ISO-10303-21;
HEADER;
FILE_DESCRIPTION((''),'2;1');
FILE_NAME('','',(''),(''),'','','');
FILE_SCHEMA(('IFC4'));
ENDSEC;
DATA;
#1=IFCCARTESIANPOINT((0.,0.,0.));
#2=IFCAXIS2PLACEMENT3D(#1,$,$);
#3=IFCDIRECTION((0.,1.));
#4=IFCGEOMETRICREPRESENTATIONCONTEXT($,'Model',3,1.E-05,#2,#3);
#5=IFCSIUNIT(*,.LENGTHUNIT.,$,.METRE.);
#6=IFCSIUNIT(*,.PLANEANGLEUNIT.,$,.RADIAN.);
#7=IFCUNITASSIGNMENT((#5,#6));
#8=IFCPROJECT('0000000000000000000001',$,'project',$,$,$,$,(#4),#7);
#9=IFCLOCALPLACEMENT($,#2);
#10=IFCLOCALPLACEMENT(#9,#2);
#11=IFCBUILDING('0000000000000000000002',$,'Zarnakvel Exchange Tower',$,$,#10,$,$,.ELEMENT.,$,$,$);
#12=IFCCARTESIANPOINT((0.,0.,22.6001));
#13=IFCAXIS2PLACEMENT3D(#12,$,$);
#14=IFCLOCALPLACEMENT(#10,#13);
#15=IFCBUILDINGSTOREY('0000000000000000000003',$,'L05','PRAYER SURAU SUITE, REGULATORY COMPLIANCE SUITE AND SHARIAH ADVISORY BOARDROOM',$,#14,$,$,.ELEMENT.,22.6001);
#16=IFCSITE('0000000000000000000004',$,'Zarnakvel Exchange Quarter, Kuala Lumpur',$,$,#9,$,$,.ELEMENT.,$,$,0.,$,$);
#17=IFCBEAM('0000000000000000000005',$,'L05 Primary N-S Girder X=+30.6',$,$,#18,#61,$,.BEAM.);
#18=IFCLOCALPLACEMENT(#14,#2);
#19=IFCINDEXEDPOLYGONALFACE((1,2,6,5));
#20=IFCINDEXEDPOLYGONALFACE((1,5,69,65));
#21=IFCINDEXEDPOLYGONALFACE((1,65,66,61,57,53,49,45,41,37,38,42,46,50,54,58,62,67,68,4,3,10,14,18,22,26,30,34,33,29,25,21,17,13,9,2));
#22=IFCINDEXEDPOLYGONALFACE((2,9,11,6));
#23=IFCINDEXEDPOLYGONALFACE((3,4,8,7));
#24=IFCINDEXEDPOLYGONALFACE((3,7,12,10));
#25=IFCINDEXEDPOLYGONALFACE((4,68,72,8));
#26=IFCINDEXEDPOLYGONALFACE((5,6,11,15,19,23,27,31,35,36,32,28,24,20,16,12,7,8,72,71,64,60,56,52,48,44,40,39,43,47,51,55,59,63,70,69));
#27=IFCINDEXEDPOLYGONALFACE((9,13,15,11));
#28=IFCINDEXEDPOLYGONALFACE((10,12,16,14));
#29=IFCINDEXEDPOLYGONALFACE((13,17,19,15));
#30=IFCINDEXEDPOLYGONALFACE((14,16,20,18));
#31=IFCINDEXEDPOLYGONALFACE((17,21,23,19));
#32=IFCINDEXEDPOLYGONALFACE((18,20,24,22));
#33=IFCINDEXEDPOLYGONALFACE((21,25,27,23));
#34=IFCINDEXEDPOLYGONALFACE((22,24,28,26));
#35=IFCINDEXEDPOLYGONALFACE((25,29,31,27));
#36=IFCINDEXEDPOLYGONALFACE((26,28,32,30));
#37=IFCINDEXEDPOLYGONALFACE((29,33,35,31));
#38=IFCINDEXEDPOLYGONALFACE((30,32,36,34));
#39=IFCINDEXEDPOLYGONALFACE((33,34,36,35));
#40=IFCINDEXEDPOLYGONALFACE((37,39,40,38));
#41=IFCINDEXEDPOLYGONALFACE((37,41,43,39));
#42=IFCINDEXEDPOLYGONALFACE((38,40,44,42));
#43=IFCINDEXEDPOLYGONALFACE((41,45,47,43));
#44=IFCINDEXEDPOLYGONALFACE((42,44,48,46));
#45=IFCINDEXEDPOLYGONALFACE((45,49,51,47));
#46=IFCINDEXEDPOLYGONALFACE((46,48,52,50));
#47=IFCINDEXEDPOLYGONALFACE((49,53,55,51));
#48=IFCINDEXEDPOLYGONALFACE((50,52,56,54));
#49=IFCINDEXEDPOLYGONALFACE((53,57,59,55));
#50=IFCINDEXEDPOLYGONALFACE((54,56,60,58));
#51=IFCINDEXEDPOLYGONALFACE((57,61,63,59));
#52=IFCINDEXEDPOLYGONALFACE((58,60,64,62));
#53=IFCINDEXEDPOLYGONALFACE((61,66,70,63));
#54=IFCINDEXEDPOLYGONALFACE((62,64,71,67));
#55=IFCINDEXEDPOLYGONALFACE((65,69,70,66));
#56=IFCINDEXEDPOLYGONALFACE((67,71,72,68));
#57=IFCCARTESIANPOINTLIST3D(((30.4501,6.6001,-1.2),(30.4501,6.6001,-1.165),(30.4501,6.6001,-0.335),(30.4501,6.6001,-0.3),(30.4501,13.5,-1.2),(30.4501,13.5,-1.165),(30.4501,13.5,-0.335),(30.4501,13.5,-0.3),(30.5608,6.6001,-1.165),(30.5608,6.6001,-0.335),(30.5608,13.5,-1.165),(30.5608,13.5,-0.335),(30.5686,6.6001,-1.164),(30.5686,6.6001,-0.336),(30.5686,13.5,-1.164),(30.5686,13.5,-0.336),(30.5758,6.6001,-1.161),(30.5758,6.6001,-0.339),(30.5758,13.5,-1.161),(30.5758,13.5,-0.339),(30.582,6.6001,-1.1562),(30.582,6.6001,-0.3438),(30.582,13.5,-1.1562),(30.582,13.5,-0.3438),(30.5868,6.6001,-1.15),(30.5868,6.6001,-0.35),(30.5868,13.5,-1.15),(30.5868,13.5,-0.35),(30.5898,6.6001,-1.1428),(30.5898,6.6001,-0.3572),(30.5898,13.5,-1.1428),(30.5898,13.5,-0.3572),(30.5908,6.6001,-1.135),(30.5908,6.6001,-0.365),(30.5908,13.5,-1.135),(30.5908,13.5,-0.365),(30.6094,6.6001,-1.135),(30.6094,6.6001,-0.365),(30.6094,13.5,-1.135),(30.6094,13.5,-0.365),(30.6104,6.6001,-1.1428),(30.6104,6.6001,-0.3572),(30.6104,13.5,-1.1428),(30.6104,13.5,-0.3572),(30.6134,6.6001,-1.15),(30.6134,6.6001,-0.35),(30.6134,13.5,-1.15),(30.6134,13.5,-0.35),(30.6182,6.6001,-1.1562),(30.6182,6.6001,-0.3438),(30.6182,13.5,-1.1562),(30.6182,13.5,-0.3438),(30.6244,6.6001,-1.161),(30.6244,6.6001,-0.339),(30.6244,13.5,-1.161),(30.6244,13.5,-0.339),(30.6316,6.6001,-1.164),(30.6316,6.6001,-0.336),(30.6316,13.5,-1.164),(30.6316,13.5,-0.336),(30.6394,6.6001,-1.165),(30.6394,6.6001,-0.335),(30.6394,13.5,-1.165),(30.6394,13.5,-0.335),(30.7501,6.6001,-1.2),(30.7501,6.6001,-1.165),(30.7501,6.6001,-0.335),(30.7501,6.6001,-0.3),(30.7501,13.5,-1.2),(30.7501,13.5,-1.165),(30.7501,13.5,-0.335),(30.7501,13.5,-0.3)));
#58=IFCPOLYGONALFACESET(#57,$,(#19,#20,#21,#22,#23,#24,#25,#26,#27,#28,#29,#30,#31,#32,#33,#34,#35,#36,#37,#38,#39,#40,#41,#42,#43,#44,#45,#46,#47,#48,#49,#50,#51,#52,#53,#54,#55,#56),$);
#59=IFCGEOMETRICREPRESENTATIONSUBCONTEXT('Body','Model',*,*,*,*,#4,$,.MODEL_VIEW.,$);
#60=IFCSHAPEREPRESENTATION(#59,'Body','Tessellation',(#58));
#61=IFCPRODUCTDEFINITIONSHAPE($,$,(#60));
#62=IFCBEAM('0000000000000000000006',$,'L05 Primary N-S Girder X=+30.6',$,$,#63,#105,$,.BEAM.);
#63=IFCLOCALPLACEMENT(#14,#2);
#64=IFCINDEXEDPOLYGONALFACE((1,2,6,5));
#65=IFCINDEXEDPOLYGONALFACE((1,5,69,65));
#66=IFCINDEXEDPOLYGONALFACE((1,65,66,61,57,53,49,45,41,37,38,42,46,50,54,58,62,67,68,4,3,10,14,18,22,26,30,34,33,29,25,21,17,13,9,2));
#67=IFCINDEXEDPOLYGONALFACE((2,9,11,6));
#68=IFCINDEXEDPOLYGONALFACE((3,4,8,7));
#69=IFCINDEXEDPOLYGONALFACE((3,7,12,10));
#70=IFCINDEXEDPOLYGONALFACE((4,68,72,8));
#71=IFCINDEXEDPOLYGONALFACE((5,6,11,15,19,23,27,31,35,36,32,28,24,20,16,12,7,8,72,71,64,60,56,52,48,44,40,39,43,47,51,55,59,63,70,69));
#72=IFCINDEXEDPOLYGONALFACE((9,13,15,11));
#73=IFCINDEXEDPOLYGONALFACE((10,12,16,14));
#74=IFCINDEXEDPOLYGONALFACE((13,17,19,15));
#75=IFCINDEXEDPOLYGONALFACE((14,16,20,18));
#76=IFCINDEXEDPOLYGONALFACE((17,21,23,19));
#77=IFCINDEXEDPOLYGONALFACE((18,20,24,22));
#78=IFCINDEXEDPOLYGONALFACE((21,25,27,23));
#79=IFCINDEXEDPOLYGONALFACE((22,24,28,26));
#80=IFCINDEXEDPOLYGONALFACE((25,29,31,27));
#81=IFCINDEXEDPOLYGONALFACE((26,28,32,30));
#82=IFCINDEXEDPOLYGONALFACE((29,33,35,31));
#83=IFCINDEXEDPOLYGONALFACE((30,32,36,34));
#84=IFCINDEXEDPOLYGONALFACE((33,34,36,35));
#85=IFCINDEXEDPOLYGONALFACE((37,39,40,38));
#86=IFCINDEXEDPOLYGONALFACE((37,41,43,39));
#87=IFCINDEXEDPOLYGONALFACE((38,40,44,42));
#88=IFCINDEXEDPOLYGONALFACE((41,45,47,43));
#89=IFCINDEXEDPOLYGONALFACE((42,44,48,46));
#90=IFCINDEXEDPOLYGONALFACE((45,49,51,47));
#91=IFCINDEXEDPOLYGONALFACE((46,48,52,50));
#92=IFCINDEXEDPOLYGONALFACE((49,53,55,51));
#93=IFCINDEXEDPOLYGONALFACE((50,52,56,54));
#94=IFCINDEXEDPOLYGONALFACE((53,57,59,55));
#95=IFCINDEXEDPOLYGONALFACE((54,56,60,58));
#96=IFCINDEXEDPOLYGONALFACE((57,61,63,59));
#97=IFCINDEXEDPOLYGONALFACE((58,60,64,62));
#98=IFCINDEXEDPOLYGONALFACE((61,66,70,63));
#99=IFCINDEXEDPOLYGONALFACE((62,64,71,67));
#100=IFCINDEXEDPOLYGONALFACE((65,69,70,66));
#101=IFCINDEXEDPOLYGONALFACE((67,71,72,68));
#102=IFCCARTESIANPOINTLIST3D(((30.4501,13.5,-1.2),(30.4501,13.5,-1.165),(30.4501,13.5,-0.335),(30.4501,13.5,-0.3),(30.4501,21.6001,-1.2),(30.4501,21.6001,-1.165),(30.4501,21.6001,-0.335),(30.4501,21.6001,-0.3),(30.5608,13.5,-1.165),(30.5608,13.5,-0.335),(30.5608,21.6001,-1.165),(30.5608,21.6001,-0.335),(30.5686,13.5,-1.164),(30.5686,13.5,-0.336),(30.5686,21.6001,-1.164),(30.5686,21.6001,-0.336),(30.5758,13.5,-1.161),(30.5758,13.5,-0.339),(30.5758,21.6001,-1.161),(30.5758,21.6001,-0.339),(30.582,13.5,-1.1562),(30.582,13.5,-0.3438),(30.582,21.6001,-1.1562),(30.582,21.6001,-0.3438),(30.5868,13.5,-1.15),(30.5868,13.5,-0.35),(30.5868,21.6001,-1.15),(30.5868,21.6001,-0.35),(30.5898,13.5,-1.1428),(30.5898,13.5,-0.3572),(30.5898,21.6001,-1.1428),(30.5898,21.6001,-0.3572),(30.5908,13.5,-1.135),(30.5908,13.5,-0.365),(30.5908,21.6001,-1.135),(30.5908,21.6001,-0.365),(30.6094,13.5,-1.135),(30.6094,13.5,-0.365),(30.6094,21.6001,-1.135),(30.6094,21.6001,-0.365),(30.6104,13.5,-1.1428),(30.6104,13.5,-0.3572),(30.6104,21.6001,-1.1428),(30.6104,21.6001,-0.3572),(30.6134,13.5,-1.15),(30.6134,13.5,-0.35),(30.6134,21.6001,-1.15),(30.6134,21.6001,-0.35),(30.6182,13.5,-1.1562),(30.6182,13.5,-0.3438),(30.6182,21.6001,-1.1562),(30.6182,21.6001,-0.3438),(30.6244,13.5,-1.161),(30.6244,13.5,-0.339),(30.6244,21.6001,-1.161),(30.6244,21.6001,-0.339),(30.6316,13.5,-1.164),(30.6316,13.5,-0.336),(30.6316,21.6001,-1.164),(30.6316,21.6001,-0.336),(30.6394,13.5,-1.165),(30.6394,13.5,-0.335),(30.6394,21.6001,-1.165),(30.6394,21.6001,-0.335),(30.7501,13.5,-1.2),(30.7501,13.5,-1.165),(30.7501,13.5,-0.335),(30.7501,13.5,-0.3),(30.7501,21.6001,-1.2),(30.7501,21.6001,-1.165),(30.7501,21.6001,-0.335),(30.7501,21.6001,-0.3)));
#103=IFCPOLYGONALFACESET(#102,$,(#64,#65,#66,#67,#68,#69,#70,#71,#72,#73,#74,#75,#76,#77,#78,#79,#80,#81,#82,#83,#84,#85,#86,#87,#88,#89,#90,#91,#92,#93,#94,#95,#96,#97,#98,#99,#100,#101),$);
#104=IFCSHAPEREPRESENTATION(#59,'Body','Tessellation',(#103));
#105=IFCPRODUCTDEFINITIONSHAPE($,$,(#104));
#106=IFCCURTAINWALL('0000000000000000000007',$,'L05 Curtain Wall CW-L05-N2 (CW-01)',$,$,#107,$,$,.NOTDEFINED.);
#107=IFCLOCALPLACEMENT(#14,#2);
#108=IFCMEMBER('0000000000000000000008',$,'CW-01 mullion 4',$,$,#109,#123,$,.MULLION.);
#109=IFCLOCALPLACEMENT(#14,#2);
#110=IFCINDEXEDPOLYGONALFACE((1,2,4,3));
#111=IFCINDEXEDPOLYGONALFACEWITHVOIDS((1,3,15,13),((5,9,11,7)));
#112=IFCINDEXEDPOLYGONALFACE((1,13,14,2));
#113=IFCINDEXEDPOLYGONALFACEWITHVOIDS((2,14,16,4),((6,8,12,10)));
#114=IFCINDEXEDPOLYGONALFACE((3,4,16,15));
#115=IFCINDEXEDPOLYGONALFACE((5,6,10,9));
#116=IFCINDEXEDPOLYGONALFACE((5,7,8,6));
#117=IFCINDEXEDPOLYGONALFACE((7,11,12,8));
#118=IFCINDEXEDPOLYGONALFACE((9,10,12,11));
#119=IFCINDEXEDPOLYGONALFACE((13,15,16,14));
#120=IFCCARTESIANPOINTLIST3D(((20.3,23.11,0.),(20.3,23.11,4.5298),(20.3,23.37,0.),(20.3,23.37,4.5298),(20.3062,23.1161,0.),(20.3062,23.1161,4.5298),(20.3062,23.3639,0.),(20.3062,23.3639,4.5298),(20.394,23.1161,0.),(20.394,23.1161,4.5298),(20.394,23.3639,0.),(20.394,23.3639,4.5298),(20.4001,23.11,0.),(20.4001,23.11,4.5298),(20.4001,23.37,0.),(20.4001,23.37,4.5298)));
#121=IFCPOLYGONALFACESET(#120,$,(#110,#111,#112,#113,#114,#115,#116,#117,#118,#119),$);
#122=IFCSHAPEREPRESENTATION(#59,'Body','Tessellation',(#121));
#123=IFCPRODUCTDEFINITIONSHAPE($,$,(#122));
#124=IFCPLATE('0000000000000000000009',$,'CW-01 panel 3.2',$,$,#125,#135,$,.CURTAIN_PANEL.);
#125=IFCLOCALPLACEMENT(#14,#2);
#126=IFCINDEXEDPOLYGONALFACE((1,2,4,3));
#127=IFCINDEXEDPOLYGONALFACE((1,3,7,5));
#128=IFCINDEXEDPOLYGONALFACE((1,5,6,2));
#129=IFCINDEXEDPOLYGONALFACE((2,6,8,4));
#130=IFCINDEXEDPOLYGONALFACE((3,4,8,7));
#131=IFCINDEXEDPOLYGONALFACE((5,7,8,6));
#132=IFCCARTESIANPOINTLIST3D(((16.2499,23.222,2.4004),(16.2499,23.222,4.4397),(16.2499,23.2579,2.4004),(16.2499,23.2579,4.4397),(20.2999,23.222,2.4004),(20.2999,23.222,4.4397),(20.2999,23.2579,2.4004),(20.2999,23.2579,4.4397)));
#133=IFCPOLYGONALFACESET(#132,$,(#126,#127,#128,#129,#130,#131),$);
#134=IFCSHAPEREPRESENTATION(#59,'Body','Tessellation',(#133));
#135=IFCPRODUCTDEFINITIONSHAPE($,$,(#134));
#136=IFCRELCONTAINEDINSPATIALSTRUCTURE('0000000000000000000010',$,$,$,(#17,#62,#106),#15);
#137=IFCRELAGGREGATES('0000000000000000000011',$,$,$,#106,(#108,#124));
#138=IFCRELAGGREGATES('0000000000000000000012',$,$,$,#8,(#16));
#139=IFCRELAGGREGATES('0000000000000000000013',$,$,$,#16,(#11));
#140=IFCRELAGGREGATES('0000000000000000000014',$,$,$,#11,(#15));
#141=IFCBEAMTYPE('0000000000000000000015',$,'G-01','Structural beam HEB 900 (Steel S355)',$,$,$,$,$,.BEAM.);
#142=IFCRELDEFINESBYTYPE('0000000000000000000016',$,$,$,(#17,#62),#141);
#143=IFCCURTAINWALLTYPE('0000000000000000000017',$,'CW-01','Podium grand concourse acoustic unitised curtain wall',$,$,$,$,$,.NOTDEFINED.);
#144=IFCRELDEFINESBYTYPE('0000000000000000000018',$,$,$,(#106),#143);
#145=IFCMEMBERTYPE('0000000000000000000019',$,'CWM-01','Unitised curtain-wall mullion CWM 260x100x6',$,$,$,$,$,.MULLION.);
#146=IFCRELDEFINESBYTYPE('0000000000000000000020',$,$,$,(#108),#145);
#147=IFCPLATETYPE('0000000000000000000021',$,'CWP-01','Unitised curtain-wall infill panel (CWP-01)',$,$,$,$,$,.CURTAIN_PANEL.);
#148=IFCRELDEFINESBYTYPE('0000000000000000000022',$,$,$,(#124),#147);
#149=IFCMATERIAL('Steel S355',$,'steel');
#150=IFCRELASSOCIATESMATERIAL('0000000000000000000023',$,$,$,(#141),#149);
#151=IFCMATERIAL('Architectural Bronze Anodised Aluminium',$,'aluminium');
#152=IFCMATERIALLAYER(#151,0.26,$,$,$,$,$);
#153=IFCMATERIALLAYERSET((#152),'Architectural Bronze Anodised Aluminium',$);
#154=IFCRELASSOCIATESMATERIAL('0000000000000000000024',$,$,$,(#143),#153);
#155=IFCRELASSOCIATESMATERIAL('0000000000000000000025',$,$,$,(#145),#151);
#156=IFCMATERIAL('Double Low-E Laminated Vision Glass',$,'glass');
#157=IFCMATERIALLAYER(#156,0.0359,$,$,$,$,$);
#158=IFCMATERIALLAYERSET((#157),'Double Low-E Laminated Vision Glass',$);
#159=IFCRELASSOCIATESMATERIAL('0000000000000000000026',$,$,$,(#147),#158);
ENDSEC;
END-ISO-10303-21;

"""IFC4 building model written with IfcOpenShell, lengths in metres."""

from ifc_helpers import new_model, si_unit, direction, frame, origin, origin_2d, place, context, subcontext, project, spatial, rectangle, hollow_rectangle, i_section, extrude, source, transform, mapped, material, layer, layer_set, material_profile, profile_set, type_object, element, aggregate, save


model = new_model("IFC4")

# Units and contexts
model_context = context("Model", 3, precision=1e-05, world=origin(), true_north=direction((0.0, 1.0)))
body_context = subcontext(model_context, "Body", "Model", "MODEL_VIEW")
ifc_project = project(units=[si_unit("LENGTHUNIT", "METRE"), si_unit("PLANEANGLEUNIT", "RADIAN")], contexts=[model_context])

# Site, building, storey
site_placement = place(None, origin())
site = spatial("IfcSite", under=ifc_project, at=site_placement, Name="Zarnakvel Exchange Quarter, Kuala Lumpur", CompositionType="ELEMENT", RefElevation=0.0)
building_placement = place(site_placement, origin())
building = spatial("IfcBuilding", under=site, at=building_placement, Name="Zarnakvel Exchange Tower", CompositionType="ELEMENT")
storey_placement = place(building_placement, frame((0.0, 0.0, 22.6001)))
storey = spatial("IfcBuildingStorey", under=building, at=storey_placement, Name="L05", Description="PRAYER SURAU SUITE, REGULATORY COMPLIANCE SUITE AND SHARIAH ADVISORY BOARDROOM", CompositionType="ELEMENT", Elevation=22.6001)

# Beams
ifc_material_1 = material(Name="Steel S355", Category="steel")
ifc_material_profile_1 = material_profile(ifc_material_1, i_section(OverallWidth=0.3, OverallDepth=0.8999, WebThickness=0.0186, FlangeThickness=0.0349, FilletRadius=0.03, at=origin_2d()))
ifc_profile_set_1 = profile_set([ifc_material_profile_1], Name="Steel S355")
beam_type_1 = type_object("IfcBeamType", Name="G-01", Description="Structural beam HEB 900 (Steel S355)", PredefinedType="BEAM", material=ifc_profile_set_1)
beam_1_placement = place(storey_placement, frame((30.6001, 6.6001, -0.75), z_axis=(0.0, 1.0, 0.0), x_axis=(-1.0, 0.0, 0.0)))
element("IfcBeam", 1, at=beam_1_placement, inside=storey, type_object=beam_type_1, Name="L05 Primary N-S Girder X=+30.6", PredefinedType="BEAM", context=body_context, shape_type="SweptSolid", body=[
    extrude(i_section(OverallWidth=0.3, OverallDepth=0.8999, WebThickness=0.0186, FlangeThickness=0.0349, FilletRadius=0.03, at=origin_2d()), origin(), (0.0, 0.0, 1.0), 6.8999),
])
beam_2_placement = place(storey_placement, frame((30.6001, 13.5, -0.75), z_axis=(0.0, 1.0, 0.0), x_axis=(-1.0, 0.0, 0.0)))
element("IfcBeam", 2, at=beam_2_placement, inside=storey, type_object=beam_type_1, Name="L05 Primary N-S Girder X=+30.6", PredefinedType="BEAM", context=body_context, shape_type="SweptSolid", body=[
    extrude(i_section(OverallWidth=0.3, OverallDepth=0.8999, WebThickness=0.0186, FlangeThickness=0.0349, FilletRadius=0.03, at=origin_2d()), origin(), (0.0, 0.0, 1.0), 8.1001),
])

# Curtain wall, member, plate
ifc_material_2 = material(Name="Architectural Bronze Anodised Aluminium", Category="aluminium")
ifc_layer_1 = layer(ifc_material_2, 0.26)
ifc_layer_set_1 = layer_set([ifc_layer_1], Name="Architectural Bronze Anodised Aluminium")
curtain_wall_type = type_object("IfcCurtainWallType", Name="CW-01", Description="Podium grand concourse acoustic unitised curtain wall", PredefinedType="NOTDEFINED", material=ifc_layer_set_1)
curtain_wall_placement = place(storey_placement, origin())
curtain_wall = element("IfcCurtainWall", 3, at=curtain_wall_placement, inside=storey, type_object=curtain_wall_type, Name="L05 Curtain Wall CW-L05-N2 (CW-01)", PredefinedType="NOTDEFINED")
ifc_material_profile_2 = material_profile(ifc_material_2, hollow_rectangle(XDim=0.26, YDim=0.1001, WallThickness=0.0061, at=origin_2d()))
ifc_profile_set_2 = profile_set([ifc_material_profile_2], Name="Architectural Bronze Anodised Aluminium")
member_type = type_object("IfcMemberType", Name="CWM-01", Description="Unitised curtain-wall mullion CWM 260x100x6", PredefinedType="MULLION", material=ifc_profile_set_2)
shared_shape_1 = source(origin(), body_context, "Body", "SweptSolid", [
    extrude(hollow_rectangle(XDim=0.26, YDim=0.1001, WallThickness=0.0061, at=origin_2d()), origin(), (0.0, 0.0, 1.0), 4.5298),
])
member_placement = place(storey_placement, frame((20.3501, 23.24, 0.0), z_axis=(0.0, 0.0, 1.0), x_axis=(0.0, 1.0, 0.0)))
member = element("IfcMember", 4, at=member_placement, type_object=member_type, Name="CW-01 mullion 4", PredefinedType="MULLION", context=body_context, shape_type="MappedRepresentation", body=[
    mapped(shared_shape_1, transform((0.0, 0.0, 0.0), x_axis=(1.0, 0.0, 0.0), y_axis=(0.0, 1.0, 0.0), z_axis=(0.0, 0.0, 1.0), scale=1.0)),
])
ifc_material_3 = material(Name="Double Low-E Laminated Vision Glass", Category="glass")
ifc_layer_2 = layer(ifc_material_3, 0.0359)
ifc_layer_set_2 = layer_set([ifc_layer_2], Name="Double Low-E Laminated Vision Glass")
plate_type = type_object("IfcPlateType", Name="CWP-01", Description="Unitised curtain-wall infill panel (CWP-01)", PredefinedType="CURTAIN_PANEL", material=ifc_layer_set_2)
shared_shape_2 = source(origin(), body_context, "Body", "SweptSolid", [
    extrude(rectangle(XDim=4.05, YDim=0.0359, at=origin_2d()), origin(), (0.0, 0.0, 1.0), 2.0393),
])
plate_placement = place(storey_placement, frame((18.2749, 23.24, 2.4004), z_axis=(0.0, 0.0, 1.0), x_axis=(1.0, 0.0, 0.0)))
plate = element("IfcPlate", 5, at=plate_placement, type_object=plate_type, Name="CW-01 panel 3.2", PredefinedType="CURTAIN_PANEL", context=body_context, shape_type="MappedRepresentation", body=[
    mapped(shared_shape_2, transform((0.0, 0.0, 0.0), x_axis=(1.0, 0.0, 0.0), y_axis=(0.0, 1.0, 0.0), z_axis=(0.0, 0.0, 1.0), scale=1.0)),
])
aggregate(curtain_wall, [member, plate])

save(model, "model.ifc")
